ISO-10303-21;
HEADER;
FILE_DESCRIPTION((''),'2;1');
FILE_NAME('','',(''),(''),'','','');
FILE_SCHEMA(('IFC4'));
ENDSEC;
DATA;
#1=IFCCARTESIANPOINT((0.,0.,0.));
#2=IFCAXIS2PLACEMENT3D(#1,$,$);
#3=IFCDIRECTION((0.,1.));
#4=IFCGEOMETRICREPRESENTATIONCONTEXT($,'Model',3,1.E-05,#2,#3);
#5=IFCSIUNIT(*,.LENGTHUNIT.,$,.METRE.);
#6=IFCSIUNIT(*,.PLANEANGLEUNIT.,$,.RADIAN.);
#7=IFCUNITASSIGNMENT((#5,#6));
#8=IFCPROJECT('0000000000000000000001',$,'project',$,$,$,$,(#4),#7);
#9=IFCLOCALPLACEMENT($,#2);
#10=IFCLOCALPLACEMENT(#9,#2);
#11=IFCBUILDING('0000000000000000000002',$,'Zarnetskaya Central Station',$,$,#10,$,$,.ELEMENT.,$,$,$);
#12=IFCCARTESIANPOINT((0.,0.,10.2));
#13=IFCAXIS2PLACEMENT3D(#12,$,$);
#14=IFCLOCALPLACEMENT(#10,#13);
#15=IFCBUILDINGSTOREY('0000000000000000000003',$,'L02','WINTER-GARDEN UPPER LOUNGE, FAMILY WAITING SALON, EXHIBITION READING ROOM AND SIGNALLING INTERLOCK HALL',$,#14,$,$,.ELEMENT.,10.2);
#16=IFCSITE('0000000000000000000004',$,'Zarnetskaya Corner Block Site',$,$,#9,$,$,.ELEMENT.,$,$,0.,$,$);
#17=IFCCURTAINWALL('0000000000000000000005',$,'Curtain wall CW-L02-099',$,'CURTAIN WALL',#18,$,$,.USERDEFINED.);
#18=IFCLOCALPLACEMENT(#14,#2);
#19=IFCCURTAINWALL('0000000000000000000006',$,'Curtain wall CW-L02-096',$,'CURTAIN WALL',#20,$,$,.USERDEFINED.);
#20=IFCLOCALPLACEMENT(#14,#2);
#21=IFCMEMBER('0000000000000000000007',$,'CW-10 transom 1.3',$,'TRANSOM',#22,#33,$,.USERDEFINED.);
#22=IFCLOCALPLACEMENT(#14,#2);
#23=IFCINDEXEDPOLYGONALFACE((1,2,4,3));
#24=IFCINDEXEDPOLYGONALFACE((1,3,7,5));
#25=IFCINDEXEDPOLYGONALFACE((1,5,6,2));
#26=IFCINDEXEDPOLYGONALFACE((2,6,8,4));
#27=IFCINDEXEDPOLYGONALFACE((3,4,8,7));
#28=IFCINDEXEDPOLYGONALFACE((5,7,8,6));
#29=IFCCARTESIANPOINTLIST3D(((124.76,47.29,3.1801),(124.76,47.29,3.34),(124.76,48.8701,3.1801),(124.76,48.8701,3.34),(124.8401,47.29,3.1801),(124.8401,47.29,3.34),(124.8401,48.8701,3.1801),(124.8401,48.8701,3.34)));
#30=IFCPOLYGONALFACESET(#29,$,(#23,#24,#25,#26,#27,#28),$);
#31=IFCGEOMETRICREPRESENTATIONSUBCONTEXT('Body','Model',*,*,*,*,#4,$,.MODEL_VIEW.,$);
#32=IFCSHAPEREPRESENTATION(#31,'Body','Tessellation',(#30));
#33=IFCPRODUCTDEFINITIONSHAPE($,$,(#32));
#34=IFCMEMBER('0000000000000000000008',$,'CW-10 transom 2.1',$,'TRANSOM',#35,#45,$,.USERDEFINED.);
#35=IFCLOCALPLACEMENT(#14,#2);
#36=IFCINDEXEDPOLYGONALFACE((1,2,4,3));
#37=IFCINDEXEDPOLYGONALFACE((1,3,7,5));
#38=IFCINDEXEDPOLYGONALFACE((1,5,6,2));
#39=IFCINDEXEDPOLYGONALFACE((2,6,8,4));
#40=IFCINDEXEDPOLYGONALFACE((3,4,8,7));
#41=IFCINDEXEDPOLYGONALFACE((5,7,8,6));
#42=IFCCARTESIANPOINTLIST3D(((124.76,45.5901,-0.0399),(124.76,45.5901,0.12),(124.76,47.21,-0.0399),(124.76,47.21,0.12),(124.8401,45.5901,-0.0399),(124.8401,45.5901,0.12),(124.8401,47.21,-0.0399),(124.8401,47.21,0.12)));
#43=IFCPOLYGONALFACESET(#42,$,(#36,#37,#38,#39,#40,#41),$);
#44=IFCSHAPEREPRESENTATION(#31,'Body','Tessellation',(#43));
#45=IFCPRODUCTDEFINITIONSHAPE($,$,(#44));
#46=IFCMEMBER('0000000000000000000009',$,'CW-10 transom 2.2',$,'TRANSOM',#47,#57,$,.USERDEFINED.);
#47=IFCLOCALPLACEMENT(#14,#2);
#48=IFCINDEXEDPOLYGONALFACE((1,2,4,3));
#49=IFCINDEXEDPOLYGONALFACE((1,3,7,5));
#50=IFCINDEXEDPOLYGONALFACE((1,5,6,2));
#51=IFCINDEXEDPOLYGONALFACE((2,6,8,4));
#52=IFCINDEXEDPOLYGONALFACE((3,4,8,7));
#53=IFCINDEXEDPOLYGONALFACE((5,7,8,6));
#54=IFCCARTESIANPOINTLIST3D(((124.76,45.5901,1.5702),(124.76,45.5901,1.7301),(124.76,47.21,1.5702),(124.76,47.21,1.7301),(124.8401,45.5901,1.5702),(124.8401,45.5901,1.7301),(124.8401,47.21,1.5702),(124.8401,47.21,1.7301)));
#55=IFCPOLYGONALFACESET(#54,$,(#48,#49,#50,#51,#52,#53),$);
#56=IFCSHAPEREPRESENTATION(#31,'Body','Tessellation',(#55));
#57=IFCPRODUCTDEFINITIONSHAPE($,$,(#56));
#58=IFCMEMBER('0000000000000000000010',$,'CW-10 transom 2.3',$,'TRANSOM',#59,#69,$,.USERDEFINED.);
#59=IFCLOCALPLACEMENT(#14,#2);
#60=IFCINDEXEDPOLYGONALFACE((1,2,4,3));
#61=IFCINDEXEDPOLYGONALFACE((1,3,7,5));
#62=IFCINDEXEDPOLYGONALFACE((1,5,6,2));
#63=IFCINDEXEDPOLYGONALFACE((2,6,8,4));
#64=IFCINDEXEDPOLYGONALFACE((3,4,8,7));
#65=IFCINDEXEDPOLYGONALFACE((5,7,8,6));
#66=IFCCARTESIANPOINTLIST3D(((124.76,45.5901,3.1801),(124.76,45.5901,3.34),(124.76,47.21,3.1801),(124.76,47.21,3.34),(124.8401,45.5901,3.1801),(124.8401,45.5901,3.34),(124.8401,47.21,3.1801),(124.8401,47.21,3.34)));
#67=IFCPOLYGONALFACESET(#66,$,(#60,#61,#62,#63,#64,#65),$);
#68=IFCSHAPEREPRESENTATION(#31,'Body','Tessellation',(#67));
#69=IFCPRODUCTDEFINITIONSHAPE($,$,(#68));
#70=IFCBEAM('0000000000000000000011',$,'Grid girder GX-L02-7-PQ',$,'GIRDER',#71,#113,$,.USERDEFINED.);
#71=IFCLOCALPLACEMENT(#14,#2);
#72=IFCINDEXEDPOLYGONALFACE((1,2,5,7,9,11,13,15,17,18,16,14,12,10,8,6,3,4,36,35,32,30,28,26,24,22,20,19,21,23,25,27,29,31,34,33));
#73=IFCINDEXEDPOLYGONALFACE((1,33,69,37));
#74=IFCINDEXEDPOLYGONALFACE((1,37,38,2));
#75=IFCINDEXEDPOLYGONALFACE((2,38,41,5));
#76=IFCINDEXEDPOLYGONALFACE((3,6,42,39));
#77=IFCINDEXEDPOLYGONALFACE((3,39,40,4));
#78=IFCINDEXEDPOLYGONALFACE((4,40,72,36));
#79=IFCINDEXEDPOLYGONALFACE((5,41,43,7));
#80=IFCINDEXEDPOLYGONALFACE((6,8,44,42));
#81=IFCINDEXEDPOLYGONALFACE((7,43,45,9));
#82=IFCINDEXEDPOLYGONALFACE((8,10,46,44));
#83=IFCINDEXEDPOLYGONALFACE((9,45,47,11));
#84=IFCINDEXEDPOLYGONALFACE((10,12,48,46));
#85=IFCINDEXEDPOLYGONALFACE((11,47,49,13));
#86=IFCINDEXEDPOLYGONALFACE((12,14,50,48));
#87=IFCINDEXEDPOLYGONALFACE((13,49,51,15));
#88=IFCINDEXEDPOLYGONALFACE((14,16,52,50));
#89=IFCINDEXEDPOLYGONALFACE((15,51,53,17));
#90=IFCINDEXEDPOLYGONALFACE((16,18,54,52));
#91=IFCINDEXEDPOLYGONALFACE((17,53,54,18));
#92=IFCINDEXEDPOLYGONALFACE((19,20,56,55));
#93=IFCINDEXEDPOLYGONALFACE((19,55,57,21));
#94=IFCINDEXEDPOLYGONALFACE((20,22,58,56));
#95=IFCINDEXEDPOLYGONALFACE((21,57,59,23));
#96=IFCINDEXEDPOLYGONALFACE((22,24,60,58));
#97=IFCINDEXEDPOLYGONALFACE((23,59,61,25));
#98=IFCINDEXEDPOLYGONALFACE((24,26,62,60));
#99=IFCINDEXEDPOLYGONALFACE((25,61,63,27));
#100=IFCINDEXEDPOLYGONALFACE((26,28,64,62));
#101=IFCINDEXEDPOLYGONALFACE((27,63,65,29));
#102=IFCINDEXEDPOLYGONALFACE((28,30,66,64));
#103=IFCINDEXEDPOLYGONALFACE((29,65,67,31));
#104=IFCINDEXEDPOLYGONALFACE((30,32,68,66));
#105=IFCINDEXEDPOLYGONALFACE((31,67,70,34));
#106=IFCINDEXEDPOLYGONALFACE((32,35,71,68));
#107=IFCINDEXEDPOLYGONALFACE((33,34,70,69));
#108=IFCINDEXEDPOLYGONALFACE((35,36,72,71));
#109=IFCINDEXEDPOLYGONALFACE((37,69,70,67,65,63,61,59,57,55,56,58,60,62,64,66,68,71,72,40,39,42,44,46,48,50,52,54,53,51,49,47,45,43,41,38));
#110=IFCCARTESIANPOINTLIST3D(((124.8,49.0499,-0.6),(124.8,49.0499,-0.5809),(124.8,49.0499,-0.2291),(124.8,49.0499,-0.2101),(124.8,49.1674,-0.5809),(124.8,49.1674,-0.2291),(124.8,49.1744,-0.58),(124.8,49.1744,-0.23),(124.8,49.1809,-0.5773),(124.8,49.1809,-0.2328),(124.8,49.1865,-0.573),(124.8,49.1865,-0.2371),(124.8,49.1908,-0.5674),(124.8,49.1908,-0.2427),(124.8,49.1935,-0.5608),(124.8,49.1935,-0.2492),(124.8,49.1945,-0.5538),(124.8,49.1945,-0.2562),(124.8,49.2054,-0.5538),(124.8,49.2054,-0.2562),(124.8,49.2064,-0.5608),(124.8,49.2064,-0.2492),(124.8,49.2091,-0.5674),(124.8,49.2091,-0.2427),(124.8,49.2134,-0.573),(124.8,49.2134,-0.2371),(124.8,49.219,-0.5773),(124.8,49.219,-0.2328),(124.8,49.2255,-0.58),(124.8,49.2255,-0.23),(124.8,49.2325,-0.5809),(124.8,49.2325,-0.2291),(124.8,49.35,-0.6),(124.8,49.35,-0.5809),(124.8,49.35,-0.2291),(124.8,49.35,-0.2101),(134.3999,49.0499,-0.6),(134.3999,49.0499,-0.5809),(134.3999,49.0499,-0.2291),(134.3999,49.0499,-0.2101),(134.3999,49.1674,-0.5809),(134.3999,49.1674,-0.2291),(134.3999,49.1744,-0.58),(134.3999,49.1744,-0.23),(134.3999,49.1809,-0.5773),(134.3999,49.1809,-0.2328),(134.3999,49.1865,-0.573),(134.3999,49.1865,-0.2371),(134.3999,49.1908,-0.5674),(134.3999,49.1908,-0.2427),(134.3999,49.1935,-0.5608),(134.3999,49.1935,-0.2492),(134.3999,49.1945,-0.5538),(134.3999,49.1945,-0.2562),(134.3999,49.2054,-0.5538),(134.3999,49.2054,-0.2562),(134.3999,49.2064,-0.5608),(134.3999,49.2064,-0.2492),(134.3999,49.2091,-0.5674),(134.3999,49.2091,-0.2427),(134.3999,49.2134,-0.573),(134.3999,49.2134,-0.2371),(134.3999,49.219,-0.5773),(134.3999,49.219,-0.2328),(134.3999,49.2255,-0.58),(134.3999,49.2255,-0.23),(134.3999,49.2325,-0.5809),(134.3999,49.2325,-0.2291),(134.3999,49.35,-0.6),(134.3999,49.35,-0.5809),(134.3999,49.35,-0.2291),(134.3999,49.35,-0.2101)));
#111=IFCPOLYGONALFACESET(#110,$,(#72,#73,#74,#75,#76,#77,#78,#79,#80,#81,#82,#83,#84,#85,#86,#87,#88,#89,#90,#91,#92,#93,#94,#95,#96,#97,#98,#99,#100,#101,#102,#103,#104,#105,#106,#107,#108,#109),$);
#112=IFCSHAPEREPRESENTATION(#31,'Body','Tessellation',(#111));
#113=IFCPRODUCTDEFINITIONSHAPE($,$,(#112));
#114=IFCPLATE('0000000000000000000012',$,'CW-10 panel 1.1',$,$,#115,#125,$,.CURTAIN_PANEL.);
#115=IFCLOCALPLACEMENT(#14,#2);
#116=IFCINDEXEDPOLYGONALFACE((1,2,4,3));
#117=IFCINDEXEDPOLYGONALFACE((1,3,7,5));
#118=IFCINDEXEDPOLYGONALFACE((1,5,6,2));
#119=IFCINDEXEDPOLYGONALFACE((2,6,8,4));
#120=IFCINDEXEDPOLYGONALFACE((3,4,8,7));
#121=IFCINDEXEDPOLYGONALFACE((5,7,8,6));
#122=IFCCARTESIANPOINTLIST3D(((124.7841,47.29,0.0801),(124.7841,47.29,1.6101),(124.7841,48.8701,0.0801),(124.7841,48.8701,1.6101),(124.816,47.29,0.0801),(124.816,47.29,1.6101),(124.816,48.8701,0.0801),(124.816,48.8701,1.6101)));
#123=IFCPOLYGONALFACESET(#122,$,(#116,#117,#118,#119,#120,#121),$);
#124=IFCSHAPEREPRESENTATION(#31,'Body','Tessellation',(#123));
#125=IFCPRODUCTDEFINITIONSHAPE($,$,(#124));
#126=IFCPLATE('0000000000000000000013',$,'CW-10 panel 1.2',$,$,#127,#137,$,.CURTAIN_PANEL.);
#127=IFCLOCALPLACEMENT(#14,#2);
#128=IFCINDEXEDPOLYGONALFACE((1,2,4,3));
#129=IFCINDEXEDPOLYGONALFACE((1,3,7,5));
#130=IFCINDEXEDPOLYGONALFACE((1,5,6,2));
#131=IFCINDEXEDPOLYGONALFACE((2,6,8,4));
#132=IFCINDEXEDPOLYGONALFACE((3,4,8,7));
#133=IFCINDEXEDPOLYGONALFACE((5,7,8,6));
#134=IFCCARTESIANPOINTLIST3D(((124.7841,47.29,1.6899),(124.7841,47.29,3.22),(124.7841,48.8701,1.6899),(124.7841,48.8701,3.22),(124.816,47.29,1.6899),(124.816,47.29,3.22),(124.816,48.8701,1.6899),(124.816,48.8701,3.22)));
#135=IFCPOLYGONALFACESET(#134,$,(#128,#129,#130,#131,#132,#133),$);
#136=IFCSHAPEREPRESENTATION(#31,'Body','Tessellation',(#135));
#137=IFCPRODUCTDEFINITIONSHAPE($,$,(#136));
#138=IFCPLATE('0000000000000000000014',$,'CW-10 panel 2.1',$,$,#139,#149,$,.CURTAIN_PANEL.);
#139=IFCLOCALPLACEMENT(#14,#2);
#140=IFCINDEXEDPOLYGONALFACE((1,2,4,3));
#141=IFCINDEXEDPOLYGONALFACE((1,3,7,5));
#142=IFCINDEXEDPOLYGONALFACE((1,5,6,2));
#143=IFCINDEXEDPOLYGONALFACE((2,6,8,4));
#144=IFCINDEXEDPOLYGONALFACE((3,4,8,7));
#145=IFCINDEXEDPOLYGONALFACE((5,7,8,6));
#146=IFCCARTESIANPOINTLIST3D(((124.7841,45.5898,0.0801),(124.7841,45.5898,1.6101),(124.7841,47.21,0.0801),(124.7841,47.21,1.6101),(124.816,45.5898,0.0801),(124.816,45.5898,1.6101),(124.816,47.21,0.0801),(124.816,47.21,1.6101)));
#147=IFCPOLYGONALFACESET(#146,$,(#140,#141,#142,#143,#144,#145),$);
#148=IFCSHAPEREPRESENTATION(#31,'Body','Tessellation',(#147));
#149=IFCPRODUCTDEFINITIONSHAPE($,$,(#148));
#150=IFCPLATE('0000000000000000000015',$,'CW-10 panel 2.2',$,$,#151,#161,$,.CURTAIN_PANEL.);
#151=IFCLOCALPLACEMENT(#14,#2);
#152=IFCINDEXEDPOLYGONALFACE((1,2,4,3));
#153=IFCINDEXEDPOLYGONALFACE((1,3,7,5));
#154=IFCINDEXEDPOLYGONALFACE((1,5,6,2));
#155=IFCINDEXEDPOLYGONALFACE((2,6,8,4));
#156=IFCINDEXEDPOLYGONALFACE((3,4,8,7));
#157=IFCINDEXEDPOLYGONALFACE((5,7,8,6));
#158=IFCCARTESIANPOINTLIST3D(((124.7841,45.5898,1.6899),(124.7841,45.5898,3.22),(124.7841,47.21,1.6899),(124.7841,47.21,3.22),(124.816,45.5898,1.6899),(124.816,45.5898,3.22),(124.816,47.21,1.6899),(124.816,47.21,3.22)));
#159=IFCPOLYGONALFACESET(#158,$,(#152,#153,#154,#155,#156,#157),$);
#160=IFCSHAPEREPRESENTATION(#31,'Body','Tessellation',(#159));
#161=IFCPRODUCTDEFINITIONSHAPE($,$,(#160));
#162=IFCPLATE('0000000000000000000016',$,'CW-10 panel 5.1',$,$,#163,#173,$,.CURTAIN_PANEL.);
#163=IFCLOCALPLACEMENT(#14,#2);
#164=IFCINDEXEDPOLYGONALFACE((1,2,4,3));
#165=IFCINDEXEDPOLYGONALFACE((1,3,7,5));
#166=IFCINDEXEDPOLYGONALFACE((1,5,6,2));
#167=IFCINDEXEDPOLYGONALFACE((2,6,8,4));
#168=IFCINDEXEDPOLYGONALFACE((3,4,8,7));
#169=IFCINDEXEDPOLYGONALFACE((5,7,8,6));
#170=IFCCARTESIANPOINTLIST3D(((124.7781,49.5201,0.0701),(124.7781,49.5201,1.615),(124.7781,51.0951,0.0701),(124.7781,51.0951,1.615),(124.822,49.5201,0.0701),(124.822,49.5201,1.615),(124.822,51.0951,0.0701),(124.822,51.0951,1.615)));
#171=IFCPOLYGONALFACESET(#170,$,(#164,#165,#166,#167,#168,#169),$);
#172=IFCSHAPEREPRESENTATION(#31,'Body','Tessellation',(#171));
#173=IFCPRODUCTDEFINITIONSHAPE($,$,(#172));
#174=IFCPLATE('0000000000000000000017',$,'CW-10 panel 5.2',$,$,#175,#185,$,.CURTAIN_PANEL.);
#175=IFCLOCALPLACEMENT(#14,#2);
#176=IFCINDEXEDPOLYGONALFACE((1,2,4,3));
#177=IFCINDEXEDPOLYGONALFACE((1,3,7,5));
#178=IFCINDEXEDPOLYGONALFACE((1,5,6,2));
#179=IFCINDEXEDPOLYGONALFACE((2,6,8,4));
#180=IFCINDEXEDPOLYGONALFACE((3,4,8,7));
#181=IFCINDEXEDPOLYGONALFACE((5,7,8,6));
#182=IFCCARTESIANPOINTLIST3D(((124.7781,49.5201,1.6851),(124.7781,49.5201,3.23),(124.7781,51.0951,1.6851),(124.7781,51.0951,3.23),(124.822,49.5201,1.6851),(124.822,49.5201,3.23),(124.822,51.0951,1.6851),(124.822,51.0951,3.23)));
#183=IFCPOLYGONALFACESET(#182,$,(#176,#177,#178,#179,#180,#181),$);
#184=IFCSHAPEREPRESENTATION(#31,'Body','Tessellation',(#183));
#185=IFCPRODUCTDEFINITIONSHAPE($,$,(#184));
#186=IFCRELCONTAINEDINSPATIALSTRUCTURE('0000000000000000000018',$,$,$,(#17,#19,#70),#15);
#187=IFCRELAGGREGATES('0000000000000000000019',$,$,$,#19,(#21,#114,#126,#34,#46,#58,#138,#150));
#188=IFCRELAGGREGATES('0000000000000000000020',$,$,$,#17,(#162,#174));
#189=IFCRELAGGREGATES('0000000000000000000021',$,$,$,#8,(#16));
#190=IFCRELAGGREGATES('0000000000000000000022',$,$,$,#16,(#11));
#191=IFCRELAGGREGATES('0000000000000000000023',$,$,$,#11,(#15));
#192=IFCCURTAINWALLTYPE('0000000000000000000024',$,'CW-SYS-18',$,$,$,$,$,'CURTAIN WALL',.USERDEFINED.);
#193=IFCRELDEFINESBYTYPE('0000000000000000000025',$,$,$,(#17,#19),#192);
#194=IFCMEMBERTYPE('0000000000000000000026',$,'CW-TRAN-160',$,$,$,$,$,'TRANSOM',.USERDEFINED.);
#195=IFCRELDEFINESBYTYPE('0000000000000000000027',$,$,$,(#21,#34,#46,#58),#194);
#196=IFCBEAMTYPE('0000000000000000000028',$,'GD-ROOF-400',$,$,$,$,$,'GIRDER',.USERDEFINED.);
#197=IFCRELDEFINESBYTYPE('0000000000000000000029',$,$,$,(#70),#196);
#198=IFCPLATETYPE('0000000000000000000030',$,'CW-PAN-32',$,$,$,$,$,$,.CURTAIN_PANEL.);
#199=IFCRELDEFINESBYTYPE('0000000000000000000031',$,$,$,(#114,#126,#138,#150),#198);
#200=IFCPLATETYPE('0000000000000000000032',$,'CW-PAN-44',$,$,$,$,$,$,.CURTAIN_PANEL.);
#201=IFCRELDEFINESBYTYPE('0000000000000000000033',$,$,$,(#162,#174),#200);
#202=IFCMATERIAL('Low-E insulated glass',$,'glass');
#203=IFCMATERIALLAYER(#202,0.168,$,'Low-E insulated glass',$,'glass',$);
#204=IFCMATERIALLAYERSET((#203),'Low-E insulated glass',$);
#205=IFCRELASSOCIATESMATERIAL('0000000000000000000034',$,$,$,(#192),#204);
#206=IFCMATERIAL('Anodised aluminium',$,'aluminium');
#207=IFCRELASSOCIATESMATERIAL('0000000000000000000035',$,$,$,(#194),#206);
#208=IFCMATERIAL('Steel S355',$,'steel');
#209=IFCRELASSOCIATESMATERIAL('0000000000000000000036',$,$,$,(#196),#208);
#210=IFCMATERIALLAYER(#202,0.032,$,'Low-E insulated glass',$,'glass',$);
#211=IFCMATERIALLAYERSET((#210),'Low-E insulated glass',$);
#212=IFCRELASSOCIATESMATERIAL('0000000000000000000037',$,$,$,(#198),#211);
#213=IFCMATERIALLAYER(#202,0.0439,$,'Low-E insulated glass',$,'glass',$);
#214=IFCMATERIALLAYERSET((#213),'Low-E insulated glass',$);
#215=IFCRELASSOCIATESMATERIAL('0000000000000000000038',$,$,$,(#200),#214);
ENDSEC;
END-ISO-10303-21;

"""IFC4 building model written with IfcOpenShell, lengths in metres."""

from ifc_helpers import new_model, si_unit, direction, frame, origin, origin_2d, place, context, subcontext, project, spatial, rectangle, i_section, extrude, material, layer, layer_set, material_profile, profile_set, type_object, element, aggregate, save


model = new_model("IFC4")

# Units and contexts
model_context = context("Model", 3, precision=1e-05, world=origin(), true_north=direction((0.0, 1.0)))
body_context = subcontext(model_context, "Body", "Model", "MODEL_VIEW")
ifc_project = project(units=[si_unit("LENGTHUNIT", "METRE"), si_unit("PLANEANGLEUNIT", "RADIAN")], contexts=[model_context])

# Site, building, storey
site_placement = place(None, origin())
site = spatial("IfcSite", under=ifc_project, at=site_placement, Name="Zarnetskaya Corner Block Site", CompositionType="ELEMENT", RefElevation=0.0)
building_placement = place(site_placement, origin())
building = spatial("IfcBuilding", under=site, at=building_placement, Name="Zarnetskaya Central Station", CompositionType="ELEMENT")
storey_placement = place(building_placement, frame((0.0, 0.0, 10.2)))
storey = spatial("IfcBuildingStorey", under=building, at=storey_placement, Name="L02", Description="WINTER-GARDEN UPPER LOUNGE, FAMILY WAITING SALON, EXHIBITION READING ROOM AND SIGNALLING INTERLOCK HALL", CompositionType="ELEMENT", Elevation=10.2)

# Shared definitions
ifc_material_1 = material(Name="Steel S355", Category="steel")

# Curtain walls
ifc_material_2 = material(Name="Low-E insulated glass", Category="glass")
ifc_layer_1 = layer(ifc_material_2, 0.168, Name="Low-E insulated glass", Category="glass")
ifc_layer_set_1 = layer_set([ifc_layer_1], Name="Low-E insulated glass")
curtain_wall_type = type_object("IfcCurtainWallType", Name="CW-SYS-18", ElementType="CURTAIN WALL", PredefinedType="USERDEFINED", material=ifc_layer_set_1)
curtain_wall_1_placement = place(storey_placement, origin())
curtain_wall_1 = element("IfcCurtainWall", 1, at=curtain_wall_1_placement, inside=storey, type_object=curtain_wall_type, Name="Curtain wall CW-L02-099", ObjectType="CURTAIN WALL", PredefinedType="USERDEFINED")
ifc_material_3 = material(Name="Anodised aluminium", Category="aluminium")
curtain_wall_2_placement = place(storey_placement, origin())
curtain_wall_2 = element("IfcCurtainWall", 2, at=curtain_wall_2_placement, inside=storey, type_object=curtain_wall_type, Name="Curtain wall CW-L02-096", ObjectType="CURTAIN WALL", PredefinedType="USERDEFINED")

# Members
ifc_material_profile_1 = material_profile(ifc_material_3, rectangle(XDim=0.0801, YDim=0.1599, at=origin_2d()), Name="ALU TRAN 80x160")
ifc_profile_set_1 = profile_set([ifc_material_profile_1], Name="Anodised aluminium")
member_type_1 = type_object("IfcMemberType", Name="CW-TRAN-160", ElementType="TRANSOM", PredefinedType="USERDEFINED", material=ifc_profile_set_1)
member_1_placement = place(storey_placement, frame((124.8, 48.8701, 3.26), z_axis=(0.0, -1.0, 0.0), x_axis=(1.0, 0.0, 0.0)))
member_1 = element("IfcMember", 3, at=member_1_placement, type_object=member_type_1, Name="CW-10 transom 1.3", ObjectType="TRANSOM", PredefinedType="USERDEFINED", context=body_context, shape_type="SweptSolid", body=[
    extrude(rectangle(XDim=0.0801, YDim=0.1599, at=origin_2d()), origin(), (0.0, 0.0, 1.0), 1.5801),
])
member_2_placement = place(storey_placement, frame((124.8, 47.21, 0.04), z_axis=(0.0, -1.0, 0.0), x_axis=(1.0, 0.0, 0.0)))
member_2 = element("IfcMember", 4, at=member_2_placement, type_object=member_type_1, Name="CW-10 transom 2.1", ObjectType="TRANSOM", PredefinedType="USERDEFINED", context=body_context, shape_type="SweptSolid", body=[
    extrude(rectangle(XDim=0.0801, YDim=0.1599, at=origin_2d()), origin(), (0.0, 0.0, 1.0), 1.6199),
])
member_3_placement = place(storey_placement, frame((124.8, 47.21, 1.6501), z_axis=(0.0, -1.0, 0.0), x_axis=(1.0, 0.0, 0.0)))
member_3 = element("IfcMember", 5, at=member_3_placement, type_object=member_type_1, Name="CW-10 transom 2.2", ObjectType="TRANSOM", PredefinedType="USERDEFINED", context=body_context, shape_type="SweptSolid", body=[
    extrude(rectangle(XDim=0.0801, YDim=0.1599, at=origin_2d()), origin(), (0.0, 0.0, 1.0), 1.6199),
])
member_4_placement = place(storey_placement, frame((124.8, 47.21, 3.26), z_axis=(0.0, -1.0, 0.0), x_axis=(1.0, 0.0, 0.0)))
member_4 = element("IfcMember", 6, at=member_4_placement, type_object=member_type_1, Name="CW-10 transom 2.3", ObjectType="TRANSOM", PredefinedType="USERDEFINED", context=body_context, shape_type="SweptSolid", body=[
    extrude(rectangle(XDim=0.0801, YDim=0.1599, at=origin_2d()), origin(), (0.0, 0.0, 1.0), 1.6199),
])

# Beam
ifc_material_profile_2 = material_profile(ifc_material_1, i_section(OverallWidth=0.3, OverallDepth=0.3899, WebThickness=0.011, FlangeThickness=0.019, FilletRadius=0.0271, at=origin_2d()), Name="HEA 400")
ifc_profile_set_2 = profile_set([ifc_material_profile_2], Name="Steel S355")
beam_type_1 = type_object("IfcBeamType", Name="GD-ROOF-400", ElementType="GIRDER", PredefinedType="USERDEFINED", material=ifc_profile_set_2)
beam_1_placement = place(storey_placement, frame((124.8, 49.2, -0.405), z_axis=(1.0, 0.0, 0.0), x_axis=(0.0, 1.0, 0.0)))
element("IfcBeam", 7, at=beam_1_placement, inside=storey, type_object=beam_type_1, Name="Grid girder GX-L02-7-PQ", ObjectType="GIRDER", PredefinedType="USERDEFINED", context=body_context, shape_type="SweptSolid", body=[
    extrude(i_section(OverallWidth=0.3, OverallDepth=0.3899, WebThickness=0.011, FlangeThickness=0.019, FilletRadius=0.0271, at=origin_2d()), origin(), (0.0, 0.0, 1.0), 9.5999),
])

# Plates
ifc_layer_2 = layer(ifc_material_2, 0.032, Name="Low-E insulated glass", Category="glass")
ifc_layer_set_2 = layer_set([ifc_layer_2], Name="Low-E insulated glass")
plate_type_1 = type_object("IfcPlateType", Name="CW-PAN-32", PredefinedType="CURTAIN_PANEL", material=ifc_layer_set_2)
plate_1_placement = place(storey_placement, frame((124.8, 48.0801, 0.0801), z_axis=(0.0, 0.0, 1.0), x_axis=(0.0, -1.0, 0.0)))
plate_1 = element("IfcPlate", 8, at=plate_1_placement, type_object=plate_type_1, Name="CW-10 panel 1.1", PredefinedType="CURTAIN_PANEL", context=body_context, shape_type="SweptSolid", body=[
    extrude(rectangle(XDim=1.5801, YDim=0.032, at=origin_2d()), origin(), (0.0, 0.0, 1.0), 1.53),
])
plate_2_placement = place(storey_placement, frame((124.8, 48.0801, 1.6899), z_axis=(0.0, 0.0, 1.0), x_axis=(0.0, -1.0, 0.0)))
plate_2 = element("IfcPlate", 9, at=plate_2_placement, type_object=plate_type_1, Name="CW-10 panel 1.2", PredefinedType="CURTAIN_PANEL", context=body_context, shape_type="SweptSolid", body=[
    extrude(rectangle(XDim=1.5801, YDim=0.032, at=origin_2d()), origin(), (0.0, 0.0, 1.0), 1.53),
])
plate_3_placement = place(storey_placement, frame((124.8, 46.3999, 0.0801), z_axis=(0.0, 0.0, 1.0), x_axis=(0.0, -1.0, 0.0)))
plate_3 = element("IfcPlate", 10, at=plate_3_placement, type_object=plate_type_1, Name="CW-10 panel 2.1", PredefinedType="CURTAIN_PANEL", context=body_context, shape_type="SweptSolid", body=[
    extrude(rectangle(XDim=1.6201, YDim=0.032, at=origin_2d()), origin(), (0.0, 0.0, 1.0), 1.53),
])
plate_4_placement = place(storey_placement, frame((124.8, 46.3999, 1.6899), z_axis=(0.0, 0.0, 1.0), x_axis=(0.0, -1.0, 0.0)))
plate_4 = element("IfcPlate", 11, at=plate_4_placement, type_object=plate_type_1, Name="CW-10 panel 2.2", PredefinedType="CURTAIN_PANEL", context=body_context, shape_type="SweptSolid", body=[
    extrude(rectangle(XDim=1.6201, YDim=0.032, at=origin_2d()), origin(), (0.0, 0.0, 1.0), 1.53),
])
aggregate(curtain_wall_2, [member_1, plate_1, plate_2, member_2, member_3, member_4, plate_3, plate_4])
ifc_layer_3 = layer(ifc_material_2, 0.0439, Name="Low-E insulated glass", Category="glass")
ifc_layer_set_3 = layer_set([ifc_layer_3], Name="Low-E insulated glass")
plate_type_2 = type_object("IfcPlateType", Name="CW-PAN-44", PredefinedType="CURTAIN_PANEL", material=ifc_layer_set_3)
plate_5_placement = place(storey_placement, frame((124.8, 50.3076, 0.0701), z_axis=(0.0, 0.0, 1.0), x_axis=(0.0, -1.0, 0.0)))
plate_5 = element("IfcPlate", 12, at=plate_5_placement, type_object=plate_type_2, Name="CW-10 panel 5.1", PredefinedType="CURTAIN_PANEL", context=body_context, shape_type="SweptSolid", body=[
    extrude(rectangle(XDim=1.575, YDim=0.0439, at=origin_2d()), origin(), (0.0, 0.0, 1.0), 1.5449),
])
plate_6_placement = place(storey_placement, frame((124.8, 50.3076, 1.6851), z_axis=(0.0, 0.0, 1.0), x_axis=(0.0, -1.0, 0.0)))
plate_6 = element("IfcPlate", 13, at=plate_6_placement, type_object=plate_type_2, Name="CW-10 panel 5.2", PredefinedType="CURTAIN_PANEL", context=body_context, shape_type="SweptSolid", body=[
    extrude(rectangle(XDim=1.575, YDim=0.0439, at=origin_2d()), origin(), (0.0, 0.0, 1.0), 1.5449),
])
aggregate(curtain_wall_1, [plate_5, plate_6])

save(model, "model.ifc")
